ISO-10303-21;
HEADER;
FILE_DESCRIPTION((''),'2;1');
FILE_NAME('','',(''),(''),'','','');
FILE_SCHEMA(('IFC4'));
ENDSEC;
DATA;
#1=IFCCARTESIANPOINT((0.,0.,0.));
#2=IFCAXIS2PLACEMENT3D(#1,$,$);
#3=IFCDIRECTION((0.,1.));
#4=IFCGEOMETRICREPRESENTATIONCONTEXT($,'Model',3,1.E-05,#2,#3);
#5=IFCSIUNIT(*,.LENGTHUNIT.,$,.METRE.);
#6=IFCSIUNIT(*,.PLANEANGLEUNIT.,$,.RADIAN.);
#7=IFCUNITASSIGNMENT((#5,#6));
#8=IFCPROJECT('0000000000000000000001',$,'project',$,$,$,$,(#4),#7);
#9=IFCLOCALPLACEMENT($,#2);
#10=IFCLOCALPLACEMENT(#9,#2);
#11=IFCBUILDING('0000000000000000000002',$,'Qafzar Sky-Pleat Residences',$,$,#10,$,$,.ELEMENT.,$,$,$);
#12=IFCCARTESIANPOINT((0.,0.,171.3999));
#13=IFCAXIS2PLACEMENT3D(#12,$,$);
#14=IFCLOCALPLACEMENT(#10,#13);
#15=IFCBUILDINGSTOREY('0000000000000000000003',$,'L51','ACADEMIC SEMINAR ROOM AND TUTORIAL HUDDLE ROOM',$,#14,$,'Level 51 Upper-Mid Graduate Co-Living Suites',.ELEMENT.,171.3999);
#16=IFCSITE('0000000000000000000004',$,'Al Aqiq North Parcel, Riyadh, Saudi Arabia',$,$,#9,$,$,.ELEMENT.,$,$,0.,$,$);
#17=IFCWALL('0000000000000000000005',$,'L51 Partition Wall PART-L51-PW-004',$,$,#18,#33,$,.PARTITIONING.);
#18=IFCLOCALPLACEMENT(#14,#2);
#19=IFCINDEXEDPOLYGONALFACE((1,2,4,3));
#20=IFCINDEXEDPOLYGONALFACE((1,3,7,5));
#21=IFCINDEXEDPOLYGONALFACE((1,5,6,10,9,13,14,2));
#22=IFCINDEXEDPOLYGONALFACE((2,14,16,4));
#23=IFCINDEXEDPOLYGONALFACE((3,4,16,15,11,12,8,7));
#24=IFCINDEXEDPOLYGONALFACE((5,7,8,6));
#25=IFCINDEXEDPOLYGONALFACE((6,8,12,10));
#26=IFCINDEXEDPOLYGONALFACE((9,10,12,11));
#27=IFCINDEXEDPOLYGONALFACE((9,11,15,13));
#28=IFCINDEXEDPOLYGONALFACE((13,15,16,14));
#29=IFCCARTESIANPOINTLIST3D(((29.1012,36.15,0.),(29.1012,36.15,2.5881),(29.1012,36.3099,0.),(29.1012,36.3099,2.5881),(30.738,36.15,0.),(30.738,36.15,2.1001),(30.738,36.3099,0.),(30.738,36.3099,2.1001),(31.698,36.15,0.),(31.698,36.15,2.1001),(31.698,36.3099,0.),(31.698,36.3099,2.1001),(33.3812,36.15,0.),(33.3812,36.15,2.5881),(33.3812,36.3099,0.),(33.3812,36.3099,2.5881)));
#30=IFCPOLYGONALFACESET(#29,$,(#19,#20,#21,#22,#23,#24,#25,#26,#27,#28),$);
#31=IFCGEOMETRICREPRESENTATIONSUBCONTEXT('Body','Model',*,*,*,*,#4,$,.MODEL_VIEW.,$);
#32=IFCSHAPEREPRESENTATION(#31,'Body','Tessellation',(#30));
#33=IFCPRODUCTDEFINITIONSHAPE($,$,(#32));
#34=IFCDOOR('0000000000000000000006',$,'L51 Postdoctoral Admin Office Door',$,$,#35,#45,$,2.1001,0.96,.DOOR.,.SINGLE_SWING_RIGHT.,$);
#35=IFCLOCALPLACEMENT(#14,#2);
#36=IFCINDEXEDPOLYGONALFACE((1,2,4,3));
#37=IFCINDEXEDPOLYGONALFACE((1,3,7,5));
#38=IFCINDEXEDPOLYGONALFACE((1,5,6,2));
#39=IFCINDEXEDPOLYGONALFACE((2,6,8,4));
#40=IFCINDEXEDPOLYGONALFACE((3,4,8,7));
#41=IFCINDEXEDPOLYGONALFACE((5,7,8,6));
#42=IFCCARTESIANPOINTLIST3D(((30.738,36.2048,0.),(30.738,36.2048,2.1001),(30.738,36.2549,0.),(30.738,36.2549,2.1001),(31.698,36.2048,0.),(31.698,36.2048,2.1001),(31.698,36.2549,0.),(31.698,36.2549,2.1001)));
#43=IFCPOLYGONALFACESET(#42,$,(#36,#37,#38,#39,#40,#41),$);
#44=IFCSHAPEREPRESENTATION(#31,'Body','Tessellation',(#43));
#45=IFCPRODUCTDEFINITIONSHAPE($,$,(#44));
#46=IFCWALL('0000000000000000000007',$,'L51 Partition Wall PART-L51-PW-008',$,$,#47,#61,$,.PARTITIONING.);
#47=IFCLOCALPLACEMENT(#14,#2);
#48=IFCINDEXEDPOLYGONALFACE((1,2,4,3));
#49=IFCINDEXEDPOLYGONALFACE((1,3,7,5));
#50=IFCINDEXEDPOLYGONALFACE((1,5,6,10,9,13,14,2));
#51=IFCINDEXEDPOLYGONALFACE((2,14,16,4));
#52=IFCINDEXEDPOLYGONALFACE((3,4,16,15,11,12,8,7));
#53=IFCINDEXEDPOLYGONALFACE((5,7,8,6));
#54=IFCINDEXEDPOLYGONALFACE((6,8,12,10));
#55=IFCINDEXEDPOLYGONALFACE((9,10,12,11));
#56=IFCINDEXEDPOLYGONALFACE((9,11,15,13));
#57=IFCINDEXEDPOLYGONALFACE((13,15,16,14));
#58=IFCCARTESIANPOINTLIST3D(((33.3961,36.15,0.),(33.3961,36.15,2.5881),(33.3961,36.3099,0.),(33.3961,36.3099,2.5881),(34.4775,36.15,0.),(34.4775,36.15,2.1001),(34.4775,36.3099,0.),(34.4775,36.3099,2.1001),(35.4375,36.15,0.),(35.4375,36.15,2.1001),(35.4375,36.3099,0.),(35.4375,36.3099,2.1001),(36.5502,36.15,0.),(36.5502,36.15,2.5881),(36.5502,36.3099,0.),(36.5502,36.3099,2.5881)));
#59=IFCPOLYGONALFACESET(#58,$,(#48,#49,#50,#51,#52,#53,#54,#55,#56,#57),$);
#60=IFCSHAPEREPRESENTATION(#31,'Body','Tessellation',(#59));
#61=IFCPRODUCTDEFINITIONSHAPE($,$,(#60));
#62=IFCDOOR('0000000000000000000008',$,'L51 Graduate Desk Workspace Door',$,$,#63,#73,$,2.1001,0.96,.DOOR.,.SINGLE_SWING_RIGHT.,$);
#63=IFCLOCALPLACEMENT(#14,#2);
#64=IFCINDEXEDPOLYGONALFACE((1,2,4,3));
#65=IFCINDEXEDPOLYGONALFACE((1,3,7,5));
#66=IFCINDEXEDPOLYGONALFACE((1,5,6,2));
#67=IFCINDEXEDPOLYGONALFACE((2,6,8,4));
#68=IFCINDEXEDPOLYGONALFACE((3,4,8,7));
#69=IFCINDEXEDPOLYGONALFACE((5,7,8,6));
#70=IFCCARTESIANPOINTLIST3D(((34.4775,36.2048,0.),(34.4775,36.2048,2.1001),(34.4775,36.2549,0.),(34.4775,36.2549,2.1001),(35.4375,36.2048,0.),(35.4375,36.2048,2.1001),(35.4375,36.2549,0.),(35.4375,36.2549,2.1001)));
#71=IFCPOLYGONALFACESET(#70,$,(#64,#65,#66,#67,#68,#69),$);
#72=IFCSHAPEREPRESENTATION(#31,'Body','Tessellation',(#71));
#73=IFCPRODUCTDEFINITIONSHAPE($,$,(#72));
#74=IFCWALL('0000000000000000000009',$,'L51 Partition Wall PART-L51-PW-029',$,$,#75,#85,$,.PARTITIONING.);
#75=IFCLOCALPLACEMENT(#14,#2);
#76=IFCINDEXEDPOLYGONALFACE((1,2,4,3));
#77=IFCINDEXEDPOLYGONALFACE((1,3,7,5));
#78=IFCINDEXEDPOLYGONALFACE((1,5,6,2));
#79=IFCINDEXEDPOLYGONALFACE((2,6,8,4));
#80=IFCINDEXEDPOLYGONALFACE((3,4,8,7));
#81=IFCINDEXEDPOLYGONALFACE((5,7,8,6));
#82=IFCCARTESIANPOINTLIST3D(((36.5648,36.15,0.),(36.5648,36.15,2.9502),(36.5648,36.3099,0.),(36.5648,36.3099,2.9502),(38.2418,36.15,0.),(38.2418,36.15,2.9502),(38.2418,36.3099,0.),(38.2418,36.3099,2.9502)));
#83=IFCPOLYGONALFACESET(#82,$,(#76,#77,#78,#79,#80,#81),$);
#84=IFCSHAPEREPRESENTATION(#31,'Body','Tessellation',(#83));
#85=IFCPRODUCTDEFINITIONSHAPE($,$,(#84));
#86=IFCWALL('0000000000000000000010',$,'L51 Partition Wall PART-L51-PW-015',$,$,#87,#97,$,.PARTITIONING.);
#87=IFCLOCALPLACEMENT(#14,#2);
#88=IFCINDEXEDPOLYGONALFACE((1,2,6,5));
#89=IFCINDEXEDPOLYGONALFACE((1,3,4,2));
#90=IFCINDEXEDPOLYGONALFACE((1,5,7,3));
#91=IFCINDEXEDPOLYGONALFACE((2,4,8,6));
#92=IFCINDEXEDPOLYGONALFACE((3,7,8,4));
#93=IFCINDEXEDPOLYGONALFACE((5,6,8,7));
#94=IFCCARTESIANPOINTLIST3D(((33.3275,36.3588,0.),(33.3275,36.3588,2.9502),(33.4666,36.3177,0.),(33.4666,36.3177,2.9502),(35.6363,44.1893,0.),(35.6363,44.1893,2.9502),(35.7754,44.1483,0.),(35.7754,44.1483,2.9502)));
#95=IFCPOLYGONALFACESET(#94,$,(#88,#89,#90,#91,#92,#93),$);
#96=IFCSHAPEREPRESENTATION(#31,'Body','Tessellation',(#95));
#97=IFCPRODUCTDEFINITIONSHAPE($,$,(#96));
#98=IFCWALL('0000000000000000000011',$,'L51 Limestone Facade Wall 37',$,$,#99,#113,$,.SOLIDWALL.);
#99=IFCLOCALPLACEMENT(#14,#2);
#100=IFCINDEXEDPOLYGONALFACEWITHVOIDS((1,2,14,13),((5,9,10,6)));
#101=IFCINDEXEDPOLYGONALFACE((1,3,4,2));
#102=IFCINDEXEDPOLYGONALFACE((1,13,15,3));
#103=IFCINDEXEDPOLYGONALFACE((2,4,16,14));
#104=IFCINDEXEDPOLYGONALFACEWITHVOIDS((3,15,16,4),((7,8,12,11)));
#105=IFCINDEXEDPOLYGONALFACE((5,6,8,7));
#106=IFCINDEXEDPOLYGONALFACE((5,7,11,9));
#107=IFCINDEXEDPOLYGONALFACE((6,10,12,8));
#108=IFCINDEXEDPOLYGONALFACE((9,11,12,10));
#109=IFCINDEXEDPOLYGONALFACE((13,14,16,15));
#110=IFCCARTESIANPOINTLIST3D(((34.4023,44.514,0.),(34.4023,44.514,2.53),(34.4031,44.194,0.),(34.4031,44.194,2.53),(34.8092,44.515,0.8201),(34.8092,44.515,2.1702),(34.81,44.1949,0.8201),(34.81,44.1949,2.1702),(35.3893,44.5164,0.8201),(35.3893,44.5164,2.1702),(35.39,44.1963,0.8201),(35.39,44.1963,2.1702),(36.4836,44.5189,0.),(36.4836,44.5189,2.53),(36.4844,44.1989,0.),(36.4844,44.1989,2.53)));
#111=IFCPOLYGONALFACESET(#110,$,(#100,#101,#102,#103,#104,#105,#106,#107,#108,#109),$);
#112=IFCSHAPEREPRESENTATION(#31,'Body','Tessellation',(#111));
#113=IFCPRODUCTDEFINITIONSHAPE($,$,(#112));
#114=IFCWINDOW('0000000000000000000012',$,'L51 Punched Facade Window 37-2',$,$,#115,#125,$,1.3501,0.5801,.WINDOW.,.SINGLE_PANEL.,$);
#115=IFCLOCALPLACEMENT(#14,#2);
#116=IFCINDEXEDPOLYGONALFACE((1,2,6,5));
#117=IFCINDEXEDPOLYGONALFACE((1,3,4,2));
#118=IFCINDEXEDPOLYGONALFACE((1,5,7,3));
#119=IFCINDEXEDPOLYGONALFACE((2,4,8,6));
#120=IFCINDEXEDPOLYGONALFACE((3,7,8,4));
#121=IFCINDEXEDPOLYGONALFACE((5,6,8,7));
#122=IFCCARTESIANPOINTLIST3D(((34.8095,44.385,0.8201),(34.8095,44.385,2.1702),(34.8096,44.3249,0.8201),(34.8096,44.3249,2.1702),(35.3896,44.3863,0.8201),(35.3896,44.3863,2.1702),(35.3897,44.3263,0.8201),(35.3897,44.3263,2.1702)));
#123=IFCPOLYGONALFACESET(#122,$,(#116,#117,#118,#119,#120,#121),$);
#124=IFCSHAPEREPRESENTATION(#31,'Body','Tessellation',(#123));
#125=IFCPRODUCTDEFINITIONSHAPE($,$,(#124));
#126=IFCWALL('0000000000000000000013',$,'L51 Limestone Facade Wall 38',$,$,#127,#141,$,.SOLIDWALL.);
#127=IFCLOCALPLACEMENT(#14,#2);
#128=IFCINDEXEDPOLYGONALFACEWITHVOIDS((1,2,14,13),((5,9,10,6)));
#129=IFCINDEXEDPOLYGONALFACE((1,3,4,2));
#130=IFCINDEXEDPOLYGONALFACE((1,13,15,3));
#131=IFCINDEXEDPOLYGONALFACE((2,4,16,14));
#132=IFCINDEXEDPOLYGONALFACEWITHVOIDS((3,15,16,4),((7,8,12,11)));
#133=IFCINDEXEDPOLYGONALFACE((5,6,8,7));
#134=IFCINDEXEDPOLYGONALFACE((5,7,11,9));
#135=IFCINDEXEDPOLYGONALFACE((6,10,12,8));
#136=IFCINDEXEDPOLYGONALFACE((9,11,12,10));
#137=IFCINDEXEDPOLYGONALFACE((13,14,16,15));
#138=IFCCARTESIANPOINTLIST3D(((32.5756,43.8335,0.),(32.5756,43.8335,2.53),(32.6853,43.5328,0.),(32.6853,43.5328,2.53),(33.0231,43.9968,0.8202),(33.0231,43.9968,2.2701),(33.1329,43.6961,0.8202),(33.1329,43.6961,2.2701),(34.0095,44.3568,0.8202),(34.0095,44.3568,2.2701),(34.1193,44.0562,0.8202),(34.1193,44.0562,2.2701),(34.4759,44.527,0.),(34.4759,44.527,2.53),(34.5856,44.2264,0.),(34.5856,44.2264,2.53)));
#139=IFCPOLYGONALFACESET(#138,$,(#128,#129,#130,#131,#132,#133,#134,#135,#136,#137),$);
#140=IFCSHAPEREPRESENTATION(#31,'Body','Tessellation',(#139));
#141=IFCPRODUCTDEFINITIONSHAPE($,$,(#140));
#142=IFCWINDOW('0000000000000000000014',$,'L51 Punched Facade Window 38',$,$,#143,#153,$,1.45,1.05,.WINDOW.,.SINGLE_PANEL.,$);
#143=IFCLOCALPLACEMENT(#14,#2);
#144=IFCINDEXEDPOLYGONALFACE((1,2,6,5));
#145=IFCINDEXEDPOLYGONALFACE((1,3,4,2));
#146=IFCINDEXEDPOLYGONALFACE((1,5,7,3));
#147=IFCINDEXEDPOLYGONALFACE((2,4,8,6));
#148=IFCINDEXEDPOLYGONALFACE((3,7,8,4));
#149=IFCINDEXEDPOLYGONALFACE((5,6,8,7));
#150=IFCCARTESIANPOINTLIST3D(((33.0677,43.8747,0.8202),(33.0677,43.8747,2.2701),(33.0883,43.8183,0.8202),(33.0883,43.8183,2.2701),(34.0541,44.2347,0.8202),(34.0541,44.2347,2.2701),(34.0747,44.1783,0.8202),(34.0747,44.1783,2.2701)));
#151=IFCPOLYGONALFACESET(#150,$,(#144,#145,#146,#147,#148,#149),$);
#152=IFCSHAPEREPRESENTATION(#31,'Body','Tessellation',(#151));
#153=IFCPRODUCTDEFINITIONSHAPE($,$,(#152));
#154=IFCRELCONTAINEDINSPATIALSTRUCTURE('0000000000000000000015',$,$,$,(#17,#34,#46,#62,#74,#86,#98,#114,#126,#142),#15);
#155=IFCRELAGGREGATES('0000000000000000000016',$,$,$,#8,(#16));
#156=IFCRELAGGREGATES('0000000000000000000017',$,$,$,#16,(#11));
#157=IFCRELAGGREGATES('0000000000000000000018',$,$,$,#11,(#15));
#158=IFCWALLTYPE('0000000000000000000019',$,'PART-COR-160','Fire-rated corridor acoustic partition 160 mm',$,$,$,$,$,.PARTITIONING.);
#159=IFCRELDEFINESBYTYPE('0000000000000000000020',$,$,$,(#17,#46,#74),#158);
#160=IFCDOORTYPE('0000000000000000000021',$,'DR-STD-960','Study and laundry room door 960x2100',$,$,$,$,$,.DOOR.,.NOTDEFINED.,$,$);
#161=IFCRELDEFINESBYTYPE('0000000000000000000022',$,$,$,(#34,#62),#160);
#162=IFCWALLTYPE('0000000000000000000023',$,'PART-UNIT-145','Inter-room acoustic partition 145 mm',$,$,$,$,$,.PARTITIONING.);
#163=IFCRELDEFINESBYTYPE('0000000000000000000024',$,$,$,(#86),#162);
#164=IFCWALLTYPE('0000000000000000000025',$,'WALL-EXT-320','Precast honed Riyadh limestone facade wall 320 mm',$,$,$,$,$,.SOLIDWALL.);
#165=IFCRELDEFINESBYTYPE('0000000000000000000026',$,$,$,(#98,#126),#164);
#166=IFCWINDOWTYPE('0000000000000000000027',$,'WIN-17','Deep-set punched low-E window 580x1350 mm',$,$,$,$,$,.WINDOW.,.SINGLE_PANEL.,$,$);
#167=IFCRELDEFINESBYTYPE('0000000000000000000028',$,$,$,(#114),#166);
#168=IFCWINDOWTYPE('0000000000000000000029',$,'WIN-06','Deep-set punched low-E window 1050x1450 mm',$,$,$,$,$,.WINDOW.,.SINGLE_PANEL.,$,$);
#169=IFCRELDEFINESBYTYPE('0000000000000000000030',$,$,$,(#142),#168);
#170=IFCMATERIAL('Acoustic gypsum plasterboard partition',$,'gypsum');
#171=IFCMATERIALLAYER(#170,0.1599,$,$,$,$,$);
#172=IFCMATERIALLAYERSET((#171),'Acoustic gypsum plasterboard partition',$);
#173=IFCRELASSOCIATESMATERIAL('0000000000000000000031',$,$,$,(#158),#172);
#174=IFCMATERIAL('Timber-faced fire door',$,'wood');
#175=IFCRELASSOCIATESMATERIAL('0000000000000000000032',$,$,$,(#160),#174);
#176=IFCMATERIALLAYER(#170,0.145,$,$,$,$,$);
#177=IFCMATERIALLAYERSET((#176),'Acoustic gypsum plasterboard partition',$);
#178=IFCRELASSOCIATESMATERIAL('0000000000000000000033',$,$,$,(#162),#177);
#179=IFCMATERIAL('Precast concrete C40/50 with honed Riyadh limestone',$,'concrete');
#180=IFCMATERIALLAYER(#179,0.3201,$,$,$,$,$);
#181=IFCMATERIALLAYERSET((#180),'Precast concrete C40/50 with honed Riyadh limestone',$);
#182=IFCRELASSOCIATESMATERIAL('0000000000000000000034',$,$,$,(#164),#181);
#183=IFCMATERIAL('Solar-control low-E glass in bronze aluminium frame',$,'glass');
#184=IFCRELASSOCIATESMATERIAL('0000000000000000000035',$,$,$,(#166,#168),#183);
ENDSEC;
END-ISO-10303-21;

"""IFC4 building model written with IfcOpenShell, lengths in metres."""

from ifc_helpers import new_model, si_unit, direction, frame, frame_2d, origin, place, context, subcontext, project, spatial, rectangle, extrude, source, transform, mapped, material, layer, layer_set, type_object, element, fill, save


model = new_model("IFC4")

# Units and contexts
model_context = context("Model", 3, precision=1e-05, world=origin(), true_north=direction((0.0, 1.0)))
body_context = subcontext(model_context, "Body", "Model", "MODEL_VIEW")
ifc_project = project(units=[si_unit("LENGTHUNIT", "METRE"), si_unit("PLANEANGLEUNIT", "RADIAN")], contexts=[model_context])

# Site, building, storey
site_placement = place(None, origin())
site = spatial("IfcSite", under=ifc_project, at=site_placement, Name="Al Aqiq North Parcel, Riyadh, Saudi Arabia", CompositionType="ELEMENT", RefElevation=0.0)
building_placement = place(site_placement, origin())
building = spatial("IfcBuilding", under=site, at=building_placement, Name="Qafzar Sky-Pleat Residences", CompositionType="ELEMENT")
storey_placement = place(building_placement, frame((0.0, 0.0, 171.3999)))
storey = spatial("IfcBuildingStorey", under=building, at=storey_placement, Name="L51", Description="ACADEMIC SEMINAR ROOM AND TUTORIAL HUDDLE ROOM", LongName="Level 51 Upper-Mid Graduate Co-Living Suites", CompositionType="ELEMENT", Elevation=171.3999)

# Walls, openings, doors
ifc_material_1 = material(Name="Acoustic gypsum plasterboard partition", Category="gypsum")
ifc_layer_1 = layer(ifc_material_1, 0.1599)
ifc_layer_set_1 = layer_set([ifc_layer_1], Name="Acoustic gypsum plasterboard partition")
wall_type_1 = type_object("IfcWallType", Name="PART-COR-160", Description="Fire-rated corridor acoustic partition 160 mm", PredefinedType="PARTITIONING", material=ifc_layer_set_1)
wall_1_placement = place(storey_placement, frame((29.1011, 36.23, 0.0), z_axis=(0.0, 0.0, 1.0), x_axis=(1.0, 0.0, 0.0)))
wall_1 = element("IfcWall", 1, at=wall_1_placement, inside=storey, type_object=wall_type_1, Name="L51 Partition Wall PART-L51-PW-004", PredefinedType="PARTITIONING", context=body_context, shape_type="SweptSolid", body=[
    extrude(rectangle(XDim=4.28, YDim=0.1599, at=frame_2d((2.1401, 0.0))), origin(), (0.0, 0.0, 1.0), 2.5881),
])
opening_1_placement = place(wall_1_placement, frame((1.637, 0.0, 0.0)))
opening_1 = element("IfcOpeningElement", 2, at=opening_1_placement, cuts=wall_1, PredefinedType="OPENING", context=body_context, shape_type="SweptSolid", body=[
    extrude(rectangle(XDim=0.96, YDim=2.1001, at=frame_2d((0.48, 1.05))), frame((0.0, 0.0898, 0.0), z_axis=(0.0, -1.0, 0.0), x_axis=(1.0, 0.0, 0.0)), (0.0, 0.0, 1.0), 0.1799),
])
ifc_material_2 = material(Name="Timber-faced fire door", Category="wood")
door_type_1 = type_object("IfcDoorType", Name="DR-STD-960", Description="Study and laundry room door 960x2100", OperationType="NOTDEFINED", PredefinedType="DOOR", material=ifc_material_2)
shared_shape_1 = source(origin(), body_context, "Body", "SweptSolid", [
    extrude(rectangle(XDim=0.96, YDim=2.1001, at=frame_2d((0.48, 1.05))), frame((0.0, 0.0249, 0.0), z_axis=(0.0, -1.0, 0.0), x_axis=(1.0, 0.0, 0.0)), (0.0, 0.0, 1.0), 0.05),
])
door_1_placement = place(opening_1_placement, origin())
door_1 = element("IfcDoor", 3, at=door_1_placement, inside=storey, type_object=door_type_1, Name="L51 Postdoctoral Admin Office Door", OperationType="SINGLE_SWING_RIGHT", OverallHeight=2.1001, OverallWidth=0.96, PredefinedType="DOOR", context=body_context, shape_type="MappedRepresentation", body=[
    mapped(shared_shape_1, transform((0.0, 0.0, 0.0), x_axis=(1.0, 0.0, 0.0), y_axis=(0.0, 1.0, 0.0), z_axis=(0.0, 0.0, 1.0), scale=1.0)),
])
fill(opening_1, door_1)
wall_2_placement = place(storey_placement, frame((33.396, 36.23, 0.0), z_axis=(0.0, 0.0, 1.0), x_axis=(1.0, 0.0, 0.0)))
wall_2 = element("IfcWall", 4, at=wall_2_placement, inside=storey, type_object=wall_type_1, Name="L51 Partition Wall PART-L51-PW-008", PredefinedType="PARTITIONING", context=body_context, shape_type="SweptSolid", body=[
    extrude(rectangle(XDim=3.1541, YDim=0.1599, at=frame_2d((1.5771, 0.0))), origin(), (0.0, 0.0, 1.0), 2.5881),
])
opening_2_placement = place(wall_2_placement, frame((1.0815, 0.0, 0.0)))
opening_2 = element("IfcOpeningElement", 5, at=opening_2_placement, cuts=wall_2, PredefinedType="OPENING", context=body_context, shape_type="SweptSolid", body=[
    extrude(rectangle(XDim=0.96, YDim=2.1001, at=frame_2d((0.48, 1.05))), frame((0.0, 0.0898, 0.0), z_axis=(0.0, -1.0, 0.0), x_axis=(1.0, 0.0, 0.0)), (0.0, 0.0, 1.0), 0.1799),
])
door_2_placement = place(opening_2_placement, origin())
door_2 = element("IfcDoor", 6, at=door_2_placement, inside=storey, type_object=door_type_1, Name="L51 Graduate Desk Workspace Door", OperationType="SINGLE_SWING_RIGHT", OverallHeight=2.1001, OverallWidth=0.96, PredefinedType="DOOR", context=body_context, shape_type="MappedRepresentation", body=[
    mapped(shared_shape_1, transform((0.0, 0.0, 0.0), x_axis=(1.0, 0.0, 0.0), y_axis=(0.0, 1.0, 0.0), z_axis=(0.0, 0.0, 1.0), scale=1.0)),
])
fill(opening_2, door_2)

# Walls
wall_3_placement = place(storey_placement, frame((36.5649, 36.23, 0.0), z_axis=(0.0, 0.0, 1.0), x_axis=(1.0, 0.0, 0.0)))
element("IfcWall", 7, at=wall_3_placement, inside=storey, type_object=wall_type_1, Name="L51 Partition Wall PART-L51-PW-029", PredefinedType="PARTITIONING", context=body_context, shape_type="SweptSolid", body=[
    extrude(rectangle(XDim=1.677, YDim=0.1599, at=frame_2d((0.8384, 0.0))), origin(), (0.0, 0.0, 1.0), 2.9502),
])
ifc_layer_2 = layer(ifc_material_1, 0.145)
ifc_layer_set_2 = layer_set([ifc_layer_2], Name="Acoustic gypsum plasterboard partition")
wall_type_2 = type_object("IfcWallType", Name="PART-UNIT-145", Description="Inter-room acoustic partition 145 mm", PredefinedType="PARTITIONING", material=ifc_layer_set_2)
wall_4_placement = place(storey_placement, frame((33.397, 36.3381, 0.0), z_axis=(0.0, 0.0, 1.0), x_axis=(0.282812, 0.959175, 0.0)))
element("IfcWall", 8, at=wall_4_placement, inside=storey, type_object=wall_type_2, Name="L51 Partition Wall PART-L51-PW-015", PredefinedType="PARTITIONING", context=body_context, shape_type="SweptSolid", body=[
    extrude(rectangle(XDim=8.1638, YDim=0.145, at=frame_2d((4.082, 0.0))), origin(), (0.0, 0.0, 1.0), 2.9502),
])

# Walls, openings, windows
ifc_material_3 = material(Name="Precast concrete C40/50 with honed Riyadh limestone", Category="concrete")
ifc_layer_3 = layer(ifc_material_3, 0.3201)
ifc_layer_set_3 = layer_set([ifc_layer_3], Name="Precast concrete C40/50 with honed Riyadh limestone")
wall_type_3 = type_object("IfcWallType", Name="WALL-EXT-320", Description="Precast honed Riyadh limestone facade wall 320 mm", PredefinedType="SOLIDWALL", material=ifc_layer_set_3)
wall_5_placement = place(storey_placement, frame((36.4839, 44.3589, 0.0), z_axis=(0.0, 0.0, 1.0), x_axis=(-0.999997, -0.002346, 0.0)))
wall_5 = element("IfcWall", 9, at=wall_5_placement, inside=storey, type_object=wall_type_3, Name="L51 Limestone Facade Wall 37", PredefinedType="SOLIDWALL", context=body_context, shape_type="SweptSolid", body=[
    extrude(rectangle(XDim=2.0813, YDim=0.3201, at=frame_2d((1.0405, 0.0))), origin(), (0.0, 0.0, 1.0), 2.53),
])
opening_3_placement = place(wall_5_placement, frame((1.0942, 0.0, 0.8201)))
opening_3 = element("IfcOpeningElement", 10, at=opening_3_placement, cuts=wall_5, PredefinedType="OPENING", context=body_context, shape_type="SweptSolid", body=[
    extrude(rectangle(XDim=0.5801, YDim=1.3501, at=frame_2d((0.29, 0.675))), frame((0.0, 0.1699, 0.0), z_axis=(0.0, -1.0, 0.0), x_axis=(1.0, 0.0, 0.0)), (0.0, 0.0, 1.0), 0.3401),
])
ifc_material_4 = material(Name="Solar-control low-E glass in bronze aluminium frame", Category="glass")
window_type_1 = type_object("IfcWindowType", Name="WIN-17", Description="Deep-set punched low-E window 580x1350 mm", PartitioningType="SINGLE_PANEL", PredefinedType="WINDOW", material=ifc_material_4)
shared_shape_2 = source(origin(), body_context, "Body", "SweptSolid", [
    extrude(rectangle(XDim=0.5801, YDim=1.3501, at=frame_2d((0.29, 0.675))), frame((0.0, 0.03, 0.0), z_axis=(0.0, -1.0, 0.0), x_axis=(1.0, 0.0, 0.0)), (0.0, 0.0, 1.0), 0.0601),
])
window_1_placement = place(opening_3_placement, origin())
window_1 = element("IfcWindow", 11, at=window_1_placement, inside=storey, type_object=window_type_1, Name="L51 Punched Facade Window 37-2", OverallHeight=1.3501, OverallWidth=0.5801, PartitioningType="SINGLE_PANEL", PredefinedType="WINDOW", context=body_context, shape_type="MappedRepresentation", body=[
    mapped(shared_shape_2, transform((0.0, 0.0, 0.0), x_axis=(1.0, 0.0, 0.0), y_axis=(0.0, 1.0, 0.0), z_axis=(0.0, 0.0, 1.0), scale=1.0)),
])
fill(opening_3, window_1)
wall_6_placement = place(storey_placement, frame((34.5308, 44.3767, 0.0), z_axis=(0.0, 0.0, 1.0), x_axis=(-0.939388, -0.342857, 0.0)))
wall_6 = element("IfcWall", 12, at=wall_6_placement, inside=storey, type_object=wall_type_3, Name="L51 Limestone Facade Wall 38", PredefinedType="SOLIDWALL", context=body_context, shape_type="SweptSolid", body=[
    extrude(rectangle(XDim=2.0229, YDim=0.3201, at=frame_2d((1.0115, 0.0))), origin(), (0.0, 0.0, 1.0), 2.53),
])
opening_4_placement = place(wall_6_placement, frame((0.4966, 0.0, 0.8201)))
opening_4 = element("IfcOpeningElement", 13, at=opening_4_placement, cuts=wall_6, PredefinedType="OPENING", context=body_context, shape_type="SweptSolid", body=[
    extrude(rectangle(XDim=1.05, YDim=1.45, at=frame_2d((0.5249, 0.7251))), frame((0.0, 0.1699, 0.0), z_axis=(0.0, -1.0, 0.0), x_axis=(1.0, 0.0, 0.0)), (0.0, 0.0, 1.0), 0.3401),
])
window_type_2 = type_object("IfcWindowType", Name="WIN-06", Description="Deep-set punched low-E window 1050x1450 mm", PartitioningType="SINGLE_PANEL", PredefinedType="WINDOW", material=ifc_material_4)
shared_shape_3 = source(origin(), body_context, "Body", "SweptSolid", [
    extrude(rectangle(XDim=1.05, YDim=1.45, at=frame_2d((0.5249, 0.7251))), frame((0.0, 0.03, 0.0), z_axis=(0.0, -1.0, 0.0), x_axis=(1.0, 0.0, 0.0)), (0.0, 0.0, 1.0), 0.0601),
])
window_2_placement = place(opening_4_placement, origin())
window_2 = element("IfcWindow", 14, at=window_2_placement, inside=storey, type_object=window_type_2, Name="L51 Punched Facade Window 38", OverallHeight=1.45, OverallWidth=1.05, PartitioningType="SINGLE_PANEL", PredefinedType="WINDOW", context=body_context, shape_type="MappedRepresentation", body=[
    mapped(shared_shape_3, transform((0.0, 0.0, 0.0), x_axis=(1.0, 0.0, 0.0), y_axis=(0.0, 1.0, 0.0), z_axis=(0.0, 0.0, 1.0), scale=1.0)),
])
fill(opening_4, window_2)

save(model, "model.ifc")
